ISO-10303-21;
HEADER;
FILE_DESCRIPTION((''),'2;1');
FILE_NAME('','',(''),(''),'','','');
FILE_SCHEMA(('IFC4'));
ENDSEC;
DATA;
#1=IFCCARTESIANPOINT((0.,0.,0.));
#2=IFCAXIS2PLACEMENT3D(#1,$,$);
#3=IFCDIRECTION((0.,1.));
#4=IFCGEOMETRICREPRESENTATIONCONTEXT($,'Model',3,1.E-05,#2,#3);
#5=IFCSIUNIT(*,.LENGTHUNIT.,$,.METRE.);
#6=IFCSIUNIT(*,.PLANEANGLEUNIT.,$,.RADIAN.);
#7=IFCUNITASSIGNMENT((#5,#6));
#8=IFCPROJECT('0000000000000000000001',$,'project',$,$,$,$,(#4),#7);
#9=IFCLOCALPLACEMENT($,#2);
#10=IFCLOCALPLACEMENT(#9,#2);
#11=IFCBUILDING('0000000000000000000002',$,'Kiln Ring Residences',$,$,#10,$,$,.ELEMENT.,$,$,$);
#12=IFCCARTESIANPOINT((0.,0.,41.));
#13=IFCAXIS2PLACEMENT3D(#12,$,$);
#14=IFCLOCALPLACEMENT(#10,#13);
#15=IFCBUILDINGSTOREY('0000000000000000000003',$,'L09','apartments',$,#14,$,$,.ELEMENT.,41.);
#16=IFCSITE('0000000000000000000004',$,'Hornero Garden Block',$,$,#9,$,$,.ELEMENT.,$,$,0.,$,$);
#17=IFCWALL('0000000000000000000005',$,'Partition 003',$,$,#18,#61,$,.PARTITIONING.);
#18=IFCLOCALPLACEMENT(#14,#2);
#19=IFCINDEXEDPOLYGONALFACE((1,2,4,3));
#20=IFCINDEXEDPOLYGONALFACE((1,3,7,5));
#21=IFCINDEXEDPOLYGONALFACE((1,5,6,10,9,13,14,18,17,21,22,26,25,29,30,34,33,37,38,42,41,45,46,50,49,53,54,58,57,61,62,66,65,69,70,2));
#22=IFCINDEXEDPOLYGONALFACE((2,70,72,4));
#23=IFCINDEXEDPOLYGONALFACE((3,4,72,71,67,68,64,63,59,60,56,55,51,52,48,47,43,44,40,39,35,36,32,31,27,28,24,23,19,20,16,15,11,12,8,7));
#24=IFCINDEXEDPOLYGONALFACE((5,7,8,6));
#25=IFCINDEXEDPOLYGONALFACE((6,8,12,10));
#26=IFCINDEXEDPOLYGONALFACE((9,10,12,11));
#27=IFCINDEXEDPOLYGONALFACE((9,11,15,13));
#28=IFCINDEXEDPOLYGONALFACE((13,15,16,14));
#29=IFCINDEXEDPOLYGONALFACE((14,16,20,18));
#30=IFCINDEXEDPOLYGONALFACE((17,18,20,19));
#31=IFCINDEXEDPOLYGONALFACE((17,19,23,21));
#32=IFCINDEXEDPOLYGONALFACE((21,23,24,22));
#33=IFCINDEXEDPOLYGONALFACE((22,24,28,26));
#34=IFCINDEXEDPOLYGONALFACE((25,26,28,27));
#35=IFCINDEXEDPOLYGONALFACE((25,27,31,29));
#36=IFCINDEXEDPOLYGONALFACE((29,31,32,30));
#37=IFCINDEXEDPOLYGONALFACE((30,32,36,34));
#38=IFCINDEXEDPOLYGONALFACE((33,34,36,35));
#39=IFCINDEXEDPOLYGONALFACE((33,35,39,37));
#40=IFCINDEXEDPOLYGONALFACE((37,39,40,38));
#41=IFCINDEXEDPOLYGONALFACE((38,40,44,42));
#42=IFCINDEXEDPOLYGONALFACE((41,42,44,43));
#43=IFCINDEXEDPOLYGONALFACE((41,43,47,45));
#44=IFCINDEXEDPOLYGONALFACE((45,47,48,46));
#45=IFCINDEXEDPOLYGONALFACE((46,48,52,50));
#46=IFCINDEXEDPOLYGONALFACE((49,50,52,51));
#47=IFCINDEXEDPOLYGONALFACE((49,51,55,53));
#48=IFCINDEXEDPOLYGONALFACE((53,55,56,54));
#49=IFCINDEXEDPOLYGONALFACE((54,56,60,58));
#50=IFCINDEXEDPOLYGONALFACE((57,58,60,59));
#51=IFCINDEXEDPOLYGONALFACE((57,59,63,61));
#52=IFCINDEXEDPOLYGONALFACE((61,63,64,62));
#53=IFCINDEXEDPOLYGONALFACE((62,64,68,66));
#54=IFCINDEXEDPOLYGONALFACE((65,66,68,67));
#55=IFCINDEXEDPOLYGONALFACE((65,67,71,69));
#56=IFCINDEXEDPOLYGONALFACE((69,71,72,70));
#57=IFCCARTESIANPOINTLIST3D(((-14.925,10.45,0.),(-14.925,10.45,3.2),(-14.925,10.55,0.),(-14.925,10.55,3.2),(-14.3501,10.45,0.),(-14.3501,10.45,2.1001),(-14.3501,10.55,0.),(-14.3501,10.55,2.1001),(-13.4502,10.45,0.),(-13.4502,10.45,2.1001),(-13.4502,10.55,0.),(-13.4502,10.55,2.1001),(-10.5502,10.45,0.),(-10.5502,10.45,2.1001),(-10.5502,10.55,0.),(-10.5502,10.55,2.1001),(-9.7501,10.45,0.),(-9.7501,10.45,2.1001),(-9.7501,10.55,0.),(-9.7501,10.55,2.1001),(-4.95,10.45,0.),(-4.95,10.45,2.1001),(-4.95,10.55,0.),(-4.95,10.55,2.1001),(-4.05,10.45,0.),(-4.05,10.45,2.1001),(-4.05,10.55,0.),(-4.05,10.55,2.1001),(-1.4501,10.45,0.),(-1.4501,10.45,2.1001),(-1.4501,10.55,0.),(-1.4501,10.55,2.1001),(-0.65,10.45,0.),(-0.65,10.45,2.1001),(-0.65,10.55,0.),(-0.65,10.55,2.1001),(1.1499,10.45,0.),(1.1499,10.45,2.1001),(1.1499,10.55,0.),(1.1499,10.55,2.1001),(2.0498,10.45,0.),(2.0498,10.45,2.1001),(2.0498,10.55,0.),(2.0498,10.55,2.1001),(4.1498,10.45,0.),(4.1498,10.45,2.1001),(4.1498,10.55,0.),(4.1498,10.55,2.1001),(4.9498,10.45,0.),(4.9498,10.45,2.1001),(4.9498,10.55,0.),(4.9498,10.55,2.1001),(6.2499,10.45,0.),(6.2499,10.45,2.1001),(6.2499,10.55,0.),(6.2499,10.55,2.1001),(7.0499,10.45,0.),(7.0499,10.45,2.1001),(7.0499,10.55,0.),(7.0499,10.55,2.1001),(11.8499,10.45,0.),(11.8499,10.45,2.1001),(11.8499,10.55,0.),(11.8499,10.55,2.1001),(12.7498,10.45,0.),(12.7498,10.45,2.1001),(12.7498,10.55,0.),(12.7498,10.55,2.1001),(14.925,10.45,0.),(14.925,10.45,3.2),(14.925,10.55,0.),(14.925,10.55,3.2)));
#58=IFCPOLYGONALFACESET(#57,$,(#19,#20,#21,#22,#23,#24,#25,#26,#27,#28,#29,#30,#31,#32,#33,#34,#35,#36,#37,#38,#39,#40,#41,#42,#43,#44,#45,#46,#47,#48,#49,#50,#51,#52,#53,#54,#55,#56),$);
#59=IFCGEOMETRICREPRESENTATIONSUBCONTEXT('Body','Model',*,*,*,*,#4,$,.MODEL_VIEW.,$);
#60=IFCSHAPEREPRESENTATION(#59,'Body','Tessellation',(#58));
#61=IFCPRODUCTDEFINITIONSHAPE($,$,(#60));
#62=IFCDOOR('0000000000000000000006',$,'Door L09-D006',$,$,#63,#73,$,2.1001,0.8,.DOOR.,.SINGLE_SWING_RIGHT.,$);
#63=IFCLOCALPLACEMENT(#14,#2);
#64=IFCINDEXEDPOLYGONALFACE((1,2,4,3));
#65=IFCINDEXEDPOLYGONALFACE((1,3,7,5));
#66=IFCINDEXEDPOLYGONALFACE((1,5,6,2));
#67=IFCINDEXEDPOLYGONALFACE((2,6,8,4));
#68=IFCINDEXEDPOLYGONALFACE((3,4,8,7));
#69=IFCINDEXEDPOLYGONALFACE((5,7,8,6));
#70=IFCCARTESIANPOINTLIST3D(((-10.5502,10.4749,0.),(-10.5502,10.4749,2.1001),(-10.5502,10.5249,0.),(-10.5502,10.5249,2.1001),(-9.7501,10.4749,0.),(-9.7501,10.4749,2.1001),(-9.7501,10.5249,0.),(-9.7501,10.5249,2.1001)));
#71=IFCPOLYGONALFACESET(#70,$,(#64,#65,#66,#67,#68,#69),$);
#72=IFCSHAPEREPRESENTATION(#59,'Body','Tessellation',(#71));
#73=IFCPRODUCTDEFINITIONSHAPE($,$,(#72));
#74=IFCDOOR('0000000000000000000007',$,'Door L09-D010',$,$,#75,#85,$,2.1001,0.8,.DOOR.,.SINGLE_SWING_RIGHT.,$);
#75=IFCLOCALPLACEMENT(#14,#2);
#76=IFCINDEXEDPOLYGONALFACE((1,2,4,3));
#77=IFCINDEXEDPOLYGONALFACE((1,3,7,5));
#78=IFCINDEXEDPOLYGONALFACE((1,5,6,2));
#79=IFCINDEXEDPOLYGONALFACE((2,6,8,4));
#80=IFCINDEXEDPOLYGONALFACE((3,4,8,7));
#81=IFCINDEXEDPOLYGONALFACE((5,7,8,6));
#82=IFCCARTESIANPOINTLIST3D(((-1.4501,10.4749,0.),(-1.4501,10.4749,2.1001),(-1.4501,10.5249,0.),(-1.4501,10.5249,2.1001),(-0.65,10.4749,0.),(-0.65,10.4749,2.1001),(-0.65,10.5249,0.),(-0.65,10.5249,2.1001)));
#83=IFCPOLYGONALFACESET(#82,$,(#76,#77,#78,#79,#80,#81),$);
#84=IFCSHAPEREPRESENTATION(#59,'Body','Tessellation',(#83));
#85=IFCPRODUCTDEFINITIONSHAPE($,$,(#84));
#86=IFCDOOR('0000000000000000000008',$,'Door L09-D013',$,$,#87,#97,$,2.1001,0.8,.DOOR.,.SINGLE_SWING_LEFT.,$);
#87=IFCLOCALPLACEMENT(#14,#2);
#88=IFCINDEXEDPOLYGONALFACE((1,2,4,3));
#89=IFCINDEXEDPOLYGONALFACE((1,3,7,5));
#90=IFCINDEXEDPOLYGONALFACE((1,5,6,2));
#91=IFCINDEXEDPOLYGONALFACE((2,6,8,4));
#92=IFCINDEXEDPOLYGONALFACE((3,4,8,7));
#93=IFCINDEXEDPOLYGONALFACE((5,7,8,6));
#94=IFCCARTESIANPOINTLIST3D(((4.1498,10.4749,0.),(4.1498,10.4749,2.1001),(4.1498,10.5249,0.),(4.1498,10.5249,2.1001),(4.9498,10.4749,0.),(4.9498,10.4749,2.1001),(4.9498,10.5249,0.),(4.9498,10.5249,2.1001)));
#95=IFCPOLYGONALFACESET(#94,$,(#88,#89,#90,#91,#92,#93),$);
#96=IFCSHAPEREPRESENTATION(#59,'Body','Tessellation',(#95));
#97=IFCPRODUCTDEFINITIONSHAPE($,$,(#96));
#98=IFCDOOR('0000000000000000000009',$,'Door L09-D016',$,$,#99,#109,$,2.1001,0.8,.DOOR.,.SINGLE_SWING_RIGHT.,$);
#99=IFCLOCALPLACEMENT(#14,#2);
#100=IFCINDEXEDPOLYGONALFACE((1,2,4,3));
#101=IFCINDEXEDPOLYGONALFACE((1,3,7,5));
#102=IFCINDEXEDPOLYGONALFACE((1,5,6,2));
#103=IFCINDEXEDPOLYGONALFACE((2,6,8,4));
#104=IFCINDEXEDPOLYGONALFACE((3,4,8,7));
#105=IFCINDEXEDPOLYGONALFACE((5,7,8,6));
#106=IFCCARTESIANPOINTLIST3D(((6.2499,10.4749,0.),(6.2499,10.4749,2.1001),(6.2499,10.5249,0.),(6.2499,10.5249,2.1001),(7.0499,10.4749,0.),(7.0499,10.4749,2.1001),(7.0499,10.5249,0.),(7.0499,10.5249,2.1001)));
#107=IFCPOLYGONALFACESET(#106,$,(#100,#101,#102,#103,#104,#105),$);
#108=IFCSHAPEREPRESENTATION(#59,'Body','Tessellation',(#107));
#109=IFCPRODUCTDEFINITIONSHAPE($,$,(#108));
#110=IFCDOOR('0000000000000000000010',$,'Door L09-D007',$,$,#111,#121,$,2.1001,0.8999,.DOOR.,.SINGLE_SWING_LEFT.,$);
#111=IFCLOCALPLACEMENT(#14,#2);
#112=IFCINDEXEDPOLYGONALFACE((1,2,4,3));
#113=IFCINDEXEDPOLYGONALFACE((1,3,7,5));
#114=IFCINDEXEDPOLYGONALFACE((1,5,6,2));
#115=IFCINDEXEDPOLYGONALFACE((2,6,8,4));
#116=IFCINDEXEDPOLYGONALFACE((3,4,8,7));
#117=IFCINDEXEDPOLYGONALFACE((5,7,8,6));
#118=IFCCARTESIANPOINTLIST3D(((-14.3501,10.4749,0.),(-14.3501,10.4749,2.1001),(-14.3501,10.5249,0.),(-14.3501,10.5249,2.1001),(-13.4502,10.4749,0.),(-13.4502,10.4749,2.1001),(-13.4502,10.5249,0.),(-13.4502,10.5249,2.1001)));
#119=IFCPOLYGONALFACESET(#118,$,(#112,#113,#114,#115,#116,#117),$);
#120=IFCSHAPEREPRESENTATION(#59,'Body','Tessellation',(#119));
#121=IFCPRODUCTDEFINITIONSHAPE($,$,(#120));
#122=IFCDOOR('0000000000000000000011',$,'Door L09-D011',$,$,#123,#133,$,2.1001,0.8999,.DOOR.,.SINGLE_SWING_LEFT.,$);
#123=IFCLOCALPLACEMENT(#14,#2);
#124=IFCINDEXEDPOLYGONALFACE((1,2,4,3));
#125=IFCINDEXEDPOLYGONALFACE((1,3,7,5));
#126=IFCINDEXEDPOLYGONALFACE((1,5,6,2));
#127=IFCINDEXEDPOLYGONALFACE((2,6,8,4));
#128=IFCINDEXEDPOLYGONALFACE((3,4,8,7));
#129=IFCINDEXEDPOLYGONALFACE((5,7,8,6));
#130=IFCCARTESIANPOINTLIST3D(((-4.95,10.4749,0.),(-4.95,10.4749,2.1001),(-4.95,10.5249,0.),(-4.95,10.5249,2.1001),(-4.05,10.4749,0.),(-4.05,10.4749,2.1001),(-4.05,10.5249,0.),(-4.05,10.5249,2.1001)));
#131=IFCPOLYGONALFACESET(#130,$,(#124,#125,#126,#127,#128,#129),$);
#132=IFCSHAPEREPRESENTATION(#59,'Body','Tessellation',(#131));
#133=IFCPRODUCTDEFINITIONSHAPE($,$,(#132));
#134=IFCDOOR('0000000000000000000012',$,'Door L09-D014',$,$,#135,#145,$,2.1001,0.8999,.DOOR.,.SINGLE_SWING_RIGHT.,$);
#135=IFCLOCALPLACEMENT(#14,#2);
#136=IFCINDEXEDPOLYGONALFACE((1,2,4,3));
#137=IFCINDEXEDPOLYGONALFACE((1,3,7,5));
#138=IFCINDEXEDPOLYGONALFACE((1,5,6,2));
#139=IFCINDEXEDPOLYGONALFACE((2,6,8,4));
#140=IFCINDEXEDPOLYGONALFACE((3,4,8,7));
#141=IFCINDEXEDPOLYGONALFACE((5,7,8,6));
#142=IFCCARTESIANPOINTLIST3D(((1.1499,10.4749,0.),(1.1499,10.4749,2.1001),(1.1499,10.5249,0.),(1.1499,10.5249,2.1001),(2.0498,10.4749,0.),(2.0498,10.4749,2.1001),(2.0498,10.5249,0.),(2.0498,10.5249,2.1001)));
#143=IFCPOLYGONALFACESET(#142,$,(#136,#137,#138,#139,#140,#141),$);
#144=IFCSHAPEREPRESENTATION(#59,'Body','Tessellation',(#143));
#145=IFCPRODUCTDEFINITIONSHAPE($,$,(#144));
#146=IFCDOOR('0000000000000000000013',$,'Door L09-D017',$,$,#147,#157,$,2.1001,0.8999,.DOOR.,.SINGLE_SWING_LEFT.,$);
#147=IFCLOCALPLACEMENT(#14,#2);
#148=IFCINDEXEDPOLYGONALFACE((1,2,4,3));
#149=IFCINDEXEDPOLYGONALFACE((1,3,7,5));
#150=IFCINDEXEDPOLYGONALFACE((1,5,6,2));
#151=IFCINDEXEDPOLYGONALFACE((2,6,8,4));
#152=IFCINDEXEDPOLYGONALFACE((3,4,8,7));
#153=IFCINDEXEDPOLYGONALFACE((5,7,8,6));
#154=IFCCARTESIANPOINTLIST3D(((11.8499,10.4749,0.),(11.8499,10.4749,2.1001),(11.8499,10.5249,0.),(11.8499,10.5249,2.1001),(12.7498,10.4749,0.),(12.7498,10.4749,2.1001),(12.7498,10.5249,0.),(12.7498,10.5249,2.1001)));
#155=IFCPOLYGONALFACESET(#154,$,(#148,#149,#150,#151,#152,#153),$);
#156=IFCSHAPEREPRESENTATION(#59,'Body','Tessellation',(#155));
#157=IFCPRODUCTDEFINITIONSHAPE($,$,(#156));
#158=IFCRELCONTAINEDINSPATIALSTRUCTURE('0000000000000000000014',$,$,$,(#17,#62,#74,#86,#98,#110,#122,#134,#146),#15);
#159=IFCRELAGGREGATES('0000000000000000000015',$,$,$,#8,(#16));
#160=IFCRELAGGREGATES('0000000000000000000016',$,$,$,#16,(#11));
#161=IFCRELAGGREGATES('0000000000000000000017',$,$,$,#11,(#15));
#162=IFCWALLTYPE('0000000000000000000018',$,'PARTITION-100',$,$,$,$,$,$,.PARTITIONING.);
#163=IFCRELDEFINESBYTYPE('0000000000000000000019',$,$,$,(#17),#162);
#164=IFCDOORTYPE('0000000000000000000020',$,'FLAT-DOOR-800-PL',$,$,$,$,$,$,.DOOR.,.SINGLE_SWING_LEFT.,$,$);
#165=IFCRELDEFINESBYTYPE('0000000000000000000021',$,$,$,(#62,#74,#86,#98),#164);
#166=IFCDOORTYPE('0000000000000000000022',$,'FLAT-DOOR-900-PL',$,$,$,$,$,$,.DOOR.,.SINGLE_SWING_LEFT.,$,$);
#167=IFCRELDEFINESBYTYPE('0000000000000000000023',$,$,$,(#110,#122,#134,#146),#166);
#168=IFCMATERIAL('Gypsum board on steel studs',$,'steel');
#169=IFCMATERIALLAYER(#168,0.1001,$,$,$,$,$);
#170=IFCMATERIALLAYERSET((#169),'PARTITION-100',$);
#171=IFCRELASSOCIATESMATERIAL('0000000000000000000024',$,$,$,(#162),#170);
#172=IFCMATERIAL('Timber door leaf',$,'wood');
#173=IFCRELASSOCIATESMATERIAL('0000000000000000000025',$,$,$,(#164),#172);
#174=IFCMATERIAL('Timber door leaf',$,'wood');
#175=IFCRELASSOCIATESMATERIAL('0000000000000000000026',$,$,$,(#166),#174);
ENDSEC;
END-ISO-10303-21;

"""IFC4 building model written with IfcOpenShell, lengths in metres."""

from ifc_helpers import new_model, si_unit, direction, frame, frame_2d, origin, place, context, subcontext, project, spatial, rectangle, extrude, material, layer, layer_set, type_object, element, fill, save


model = new_model("IFC4")

# Units and contexts
model_context = context("Model", 3, precision=1e-05, world=origin(), true_north=direction((0.0, 1.0)))
body_context = subcontext(model_context, "Body", "Model", "MODEL_VIEW")
ifc_project = project(units=[si_unit("LENGTHUNIT", "METRE"), si_unit("PLANEANGLEUNIT", "RADIAN")], contexts=[model_context])

# Site, building, storey
site_placement = place(None, origin())
site = spatial("IfcSite", under=ifc_project, at=site_placement, Name="Hornero Garden Block", CompositionType="ELEMENT", RefElevation=0.0)
building_placement = place(site_placement, origin())
building = spatial("IfcBuilding", under=site, at=building_placement, Name="Kiln Ring Residences", CompositionType="ELEMENT")
storey_placement = place(building_placement, frame((0.0, 0.0, 41.0)))
storey = spatial("IfcBuildingStorey", under=building, at=storey_placement, Name="L09", Description="apartments", CompositionType="ELEMENT", Elevation=41.0)

# Wall, openings, doors
ifc_material_1 = material(Name="Gypsum board on steel studs", Category="steel")
ifc_layer_1 = layer(ifc_material_1, 0.1001)
ifc_layer_set_1 = layer_set([ifc_layer_1], Name="PARTITION-100")
wall_type_1 = type_object("IfcWallType", Name="PARTITION-100", PredefinedType="PARTITIONING", material=ifc_layer_set_1)
wall_1_placement = place(storey_placement, frame((-14.925, 10.5, 0.0), z_axis=(0.0, 0.0, 1.0), x_axis=(1.0, 0.0, 0.0)))
wall_1 = element("IfcWall", 1, at=wall_1_placement, inside=storey, type_object=wall_type_1, Name="Partition 003", PredefinedType="PARTITIONING", context=body_context, shape_type="SweptSolid", body=[
    extrude(rectangle(XDim=29.8501, YDim=0.1001, at=frame_2d((14.925, 0.0))), origin(), (0.0, 0.0, 1.0), 3.2),
])
opening_1_placement = place(wall_1_placement, frame((4.375, 0.0, 0.0)))
opening_1 = element("IfcOpeningElement", 2, at=opening_1_placement, cuts=wall_1, PredefinedType="OPENING", context=body_context, shape_type="SweptSolid", body=[
    extrude(rectangle(XDim=0.8, YDim=2.1001, at=frame_2d((0.3999, 1.05))), frame((0.0, 0.0601, 0.0), z_axis=(0.0, -1.0, 0.0), x_axis=(1.0, 0.0, 0.0)), (0.0, 0.0, 1.0), 0.1201),
])
opening_2_placement = place(wall_1_placement, frame((0.575, 0.0, 0.0)))
opening_2 = element("IfcOpeningElement", 3, at=opening_2_placement, cuts=wall_1, PredefinedType="OPENING", context=body_context, shape_type="SweptSolid", body=[
    extrude(rectangle(XDim=0.8999, YDim=2.1001, at=frame_2d((0.45, 1.05))), frame((0.0, 0.0601, 0.0), z_axis=(0.0, -1.0, 0.0), x_axis=(1.0, 0.0, 0.0)), (0.0, 0.0, 1.0), 0.1201),
])
opening_3_placement = place(wall_1_placement, frame((13.4751, 0.0, 0.0)))
opening_3 = element("IfcOpeningElement", 4, at=opening_3_placement, cuts=wall_1, PredefinedType="OPENING", context=body_context, shape_type="SweptSolid", body=[
    extrude(rectangle(XDim=0.8, YDim=2.1001, at=frame_2d((0.3999, 1.05))), frame((0.0, 0.0601, 0.0), z_axis=(0.0, -1.0, 0.0), x_axis=(1.0, 0.0, 0.0)), (0.0, 0.0, 1.0), 0.1201),
])
opening_4_placement = place(wall_1_placement, frame((9.9751, 0.0, 0.0)))
opening_4 = element("IfcOpeningElement", 5, at=opening_4_placement, cuts=wall_1, PredefinedType="OPENING", context=body_context, shape_type="SweptSolid", body=[
    extrude(rectangle(XDim=0.8999, YDim=2.1001, at=frame_2d((0.45, 1.05))), frame((0.0, 0.0601, 0.0), z_axis=(0.0, -1.0, 0.0), x_axis=(1.0, 0.0, 0.0)), (0.0, 0.0, 1.0), 0.1201),
])
opening_5_placement = place(wall_1_placement, frame((19.075, 0.0, 0.0)))
opening_5 = element("IfcOpeningElement", 6, at=opening_5_placement, cuts=wall_1, PredefinedType="OPENING", context=body_context, shape_type="SweptSolid", body=[
    extrude(rectangle(XDim=0.8, YDim=2.1001, at=frame_2d((0.3999, 1.05))), frame((0.0, 0.0601, 0.0), z_axis=(0.0, -1.0, 0.0), x_axis=(1.0, 0.0, 0.0)), (0.0, 0.0, 1.0), 0.1201),
])
opening_6_placement = place(wall_1_placement, frame((16.075, 0.0, 0.0)))
opening_6 = element("IfcOpeningElement", 7, at=opening_6_placement, cuts=wall_1, PredefinedType="OPENING", context=body_context, shape_type="SweptSolid", body=[
    extrude(rectangle(XDim=0.8999, YDim=2.1001, at=frame_2d((0.45, 1.05))), frame((0.0, 0.0601, 0.0), z_axis=(0.0, -1.0, 0.0), x_axis=(1.0, 0.0, 0.0)), (0.0, 0.0, 1.0), 0.1201),
])
opening_7_placement = place(wall_1_placement, frame((21.175, 0.0, 0.0)))
opening_7 = element("IfcOpeningElement", 8, at=opening_7_placement, cuts=wall_1, PredefinedType="OPENING", context=body_context, shape_type="SweptSolid", body=[
    extrude(rectangle(XDim=0.8, YDim=2.1001, at=frame_2d((0.3999, 1.05))), frame((0.0, 0.0601, 0.0), z_axis=(0.0, -1.0, 0.0), x_axis=(1.0, 0.0, 0.0)), (0.0, 0.0, 1.0), 0.1201),
])
opening_8_placement = place(wall_1_placement, frame((26.7749, 0.0, 0.0)))
opening_8 = element("IfcOpeningElement", 9, at=opening_8_placement, cuts=wall_1, PredefinedType="OPENING", context=body_context, shape_type="SweptSolid", body=[
    extrude(rectangle(XDim=0.8999, YDim=2.1001, at=frame_2d((0.45, 1.05))), frame((0.0, 0.0601, 0.0), z_axis=(0.0, -1.0, 0.0), x_axis=(1.0, 0.0, 0.0)), (0.0, 0.0, 1.0), 0.1201),
])
ifc_material_2 = material(Name="Timber door leaf", Category="wood")
door_type_1 = type_object("IfcDoorType", Name="FLAT-DOOR-800-PL", OperationType="SINGLE_SWING_LEFT", PredefinedType="DOOR", material=ifc_material_2)
door_1_placement = place(opening_1_placement, origin())
door_1 = element("IfcDoor", 10, at=door_1_placement, inside=storey, type_object=door_type_1, Name="Door L09-D006", OperationType="SINGLE_SWING_RIGHT", OverallHeight=2.1001, OverallWidth=0.8, PredefinedType="DOOR", context=body_context, shape_type="SweptSolid", body=[
    extrude(rectangle(XDim=0.8, YDim=2.1001, at=frame_2d((0.3999, 1.05))), frame((0.0, 0.0249, 0.0), z_axis=(0.0, -1.0, 0.0), x_axis=(1.0, 0.0, 0.0)), (0.0, 0.0, 1.0), 0.05),
])
fill(opening_1, door_1)
door_2_placement = place(opening_3_placement, origin())
door_2 = element("IfcDoor", 11, at=door_2_placement, inside=storey, type_object=door_type_1, Name="Door L09-D010", OperationType="SINGLE_SWING_RIGHT", OverallHeight=2.1001, OverallWidth=0.8, PredefinedType="DOOR", context=body_context, shape_type="SweptSolid", body=[
    extrude(rectangle(XDim=0.8, YDim=2.1001, at=frame_2d((0.3999, 1.05))), frame((0.0, 0.0249, 0.0), z_axis=(0.0, -1.0, 0.0), x_axis=(1.0, 0.0, 0.0)), (0.0, 0.0, 1.0), 0.05),
])
fill(opening_3, door_2)
door_3_placement = place(opening_5_placement, origin())
door_3 = element("IfcDoor", 12, at=door_3_placement, inside=storey, type_object=door_type_1, Name="Door L09-D013", OperationType="SINGLE_SWING_LEFT", OverallHeight=2.1001, OverallWidth=0.8, PredefinedType="DOOR", context=body_context, shape_type="SweptSolid", body=[
    extrude(rectangle(XDim=0.8, YDim=2.1001, at=frame_2d((0.3999, 1.05))), frame((0.0, 0.0249, 0.0), z_axis=(0.0, -1.0, 0.0), x_axis=(1.0, 0.0, 0.0)), (0.0, 0.0, 1.0), 0.05),
])
fill(opening_5, door_3)
door_4_placement = place(opening_7_placement, origin())
door_4 = element("IfcDoor", 13, at=door_4_placement, inside=storey, type_object=door_type_1, Name="Door L09-D016", OperationType="SINGLE_SWING_RIGHT", OverallHeight=2.1001, OverallWidth=0.8, PredefinedType="DOOR", context=body_context, shape_type="SweptSolid", body=[
    extrude(rectangle(XDim=0.8, YDim=2.1001, at=frame_2d((0.3999, 1.05))), frame((0.0, 0.0249, 0.0), z_axis=(0.0, -1.0, 0.0), x_axis=(1.0, 0.0, 0.0)), (0.0, 0.0, 1.0), 0.05),
])
fill(opening_7, door_4)
ifc_material_3 = material(Name="Timber door leaf", Category="wood")
door_type_2 = type_object("IfcDoorType", Name="FLAT-DOOR-900-PL", OperationType="SINGLE_SWING_LEFT", PredefinedType="DOOR", material=ifc_material_3)
door_5_placement = place(opening_2_placement, origin())
door_5 = element("IfcDoor", 14, at=door_5_placement, inside=storey, type_object=door_type_2, Name="Door L09-D007", OperationType="SINGLE_SWING_LEFT", OverallHeight=2.1001, OverallWidth=0.8999, PredefinedType="DOOR", context=body_context, shape_type="SweptSolid", body=[
    extrude(rectangle(XDim=0.8999, YDim=2.1001, at=frame_2d((0.45, 1.05))), frame((0.0, 0.0249, 0.0), z_axis=(0.0, -1.0, 0.0), x_axis=(1.0, 0.0, 0.0)), (0.0, 0.0, 1.0), 0.05),
])
fill(opening_2, door_5)
door_6_placement = place(opening_4_placement, origin())
door_6 = element("IfcDoor", 15, at=door_6_placement, inside=storey, type_object=door_type_2, Name="Door L09-D011", OperationType="SINGLE_SWING_LEFT", OverallHeight=2.1001, OverallWidth=0.8999, PredefinedType="DOOR", context=body_context, shape_type="SweptSolid", body=[
    extrude(rectangle(XDim=0.8999, YDim=2.1001, at=frame_2d((0.45, 1.05))), frame((0.0, 0.0249, 0.0), z_axis=(0.0, -1.0, 0.0), x_axis=(1.0, 0.0, 0.0)), (0.0, 0.0, 1.0), 0.05),
])
fill(opening_4, door_6)
door_7_placement = place(opening_6_placement, origin())
door_7 = element("IfcDoor", 16, at=door_7_placement, inside=storey, type_object=door_type_2, Name="Door L09-D014", OperationType="SINGLE_SWING_RIGHT", OverallHeight=2.1001, OverallWidth=0.8999, PredefinedType="DOOR", context=body_context, shape_type="SweptSolid", body=[
    extrude(rectangle(XDim=0.8999, YDim=2.1001, at=frame_2d((0.45, 1.05))), frame((0.0, 0.0249, 0.0), z_axis=(0.0, -1.0, 0.0), x_axis=(1.0, 0.0, 0.0)), (0.0, 0.0, 1.0), 0.05),
])
fill(opening_6, door_7)
door_8_placement = place(opening_8_placement, origin())
door_8 = element("IfcDoor", 17, at=door_8_placement, inside=storey, type_object=door_type_2, Name="Door L09-D017", OperationType="SINGLE_SWING_LEFT", OverallHeight=2.1001, OverallWidth=0.8999, PredefinedType="DOOR", context=body_context, shape_type="SweptSolid", body=[
    extrude(rectangle(XDim=0.8999, YDim=2.1001, at=frame_2d((0.45, 1.05))), frame((0.0, 0.0249, 0.0), z_axis=(0.0, -1.0, 0.0), x_axis=(1.0, 0.0, 0.0)), (0.0, 0.0, 1.0), 0.05),
])
fill(opening_8, door_8)

save(model, "model.ifc")
